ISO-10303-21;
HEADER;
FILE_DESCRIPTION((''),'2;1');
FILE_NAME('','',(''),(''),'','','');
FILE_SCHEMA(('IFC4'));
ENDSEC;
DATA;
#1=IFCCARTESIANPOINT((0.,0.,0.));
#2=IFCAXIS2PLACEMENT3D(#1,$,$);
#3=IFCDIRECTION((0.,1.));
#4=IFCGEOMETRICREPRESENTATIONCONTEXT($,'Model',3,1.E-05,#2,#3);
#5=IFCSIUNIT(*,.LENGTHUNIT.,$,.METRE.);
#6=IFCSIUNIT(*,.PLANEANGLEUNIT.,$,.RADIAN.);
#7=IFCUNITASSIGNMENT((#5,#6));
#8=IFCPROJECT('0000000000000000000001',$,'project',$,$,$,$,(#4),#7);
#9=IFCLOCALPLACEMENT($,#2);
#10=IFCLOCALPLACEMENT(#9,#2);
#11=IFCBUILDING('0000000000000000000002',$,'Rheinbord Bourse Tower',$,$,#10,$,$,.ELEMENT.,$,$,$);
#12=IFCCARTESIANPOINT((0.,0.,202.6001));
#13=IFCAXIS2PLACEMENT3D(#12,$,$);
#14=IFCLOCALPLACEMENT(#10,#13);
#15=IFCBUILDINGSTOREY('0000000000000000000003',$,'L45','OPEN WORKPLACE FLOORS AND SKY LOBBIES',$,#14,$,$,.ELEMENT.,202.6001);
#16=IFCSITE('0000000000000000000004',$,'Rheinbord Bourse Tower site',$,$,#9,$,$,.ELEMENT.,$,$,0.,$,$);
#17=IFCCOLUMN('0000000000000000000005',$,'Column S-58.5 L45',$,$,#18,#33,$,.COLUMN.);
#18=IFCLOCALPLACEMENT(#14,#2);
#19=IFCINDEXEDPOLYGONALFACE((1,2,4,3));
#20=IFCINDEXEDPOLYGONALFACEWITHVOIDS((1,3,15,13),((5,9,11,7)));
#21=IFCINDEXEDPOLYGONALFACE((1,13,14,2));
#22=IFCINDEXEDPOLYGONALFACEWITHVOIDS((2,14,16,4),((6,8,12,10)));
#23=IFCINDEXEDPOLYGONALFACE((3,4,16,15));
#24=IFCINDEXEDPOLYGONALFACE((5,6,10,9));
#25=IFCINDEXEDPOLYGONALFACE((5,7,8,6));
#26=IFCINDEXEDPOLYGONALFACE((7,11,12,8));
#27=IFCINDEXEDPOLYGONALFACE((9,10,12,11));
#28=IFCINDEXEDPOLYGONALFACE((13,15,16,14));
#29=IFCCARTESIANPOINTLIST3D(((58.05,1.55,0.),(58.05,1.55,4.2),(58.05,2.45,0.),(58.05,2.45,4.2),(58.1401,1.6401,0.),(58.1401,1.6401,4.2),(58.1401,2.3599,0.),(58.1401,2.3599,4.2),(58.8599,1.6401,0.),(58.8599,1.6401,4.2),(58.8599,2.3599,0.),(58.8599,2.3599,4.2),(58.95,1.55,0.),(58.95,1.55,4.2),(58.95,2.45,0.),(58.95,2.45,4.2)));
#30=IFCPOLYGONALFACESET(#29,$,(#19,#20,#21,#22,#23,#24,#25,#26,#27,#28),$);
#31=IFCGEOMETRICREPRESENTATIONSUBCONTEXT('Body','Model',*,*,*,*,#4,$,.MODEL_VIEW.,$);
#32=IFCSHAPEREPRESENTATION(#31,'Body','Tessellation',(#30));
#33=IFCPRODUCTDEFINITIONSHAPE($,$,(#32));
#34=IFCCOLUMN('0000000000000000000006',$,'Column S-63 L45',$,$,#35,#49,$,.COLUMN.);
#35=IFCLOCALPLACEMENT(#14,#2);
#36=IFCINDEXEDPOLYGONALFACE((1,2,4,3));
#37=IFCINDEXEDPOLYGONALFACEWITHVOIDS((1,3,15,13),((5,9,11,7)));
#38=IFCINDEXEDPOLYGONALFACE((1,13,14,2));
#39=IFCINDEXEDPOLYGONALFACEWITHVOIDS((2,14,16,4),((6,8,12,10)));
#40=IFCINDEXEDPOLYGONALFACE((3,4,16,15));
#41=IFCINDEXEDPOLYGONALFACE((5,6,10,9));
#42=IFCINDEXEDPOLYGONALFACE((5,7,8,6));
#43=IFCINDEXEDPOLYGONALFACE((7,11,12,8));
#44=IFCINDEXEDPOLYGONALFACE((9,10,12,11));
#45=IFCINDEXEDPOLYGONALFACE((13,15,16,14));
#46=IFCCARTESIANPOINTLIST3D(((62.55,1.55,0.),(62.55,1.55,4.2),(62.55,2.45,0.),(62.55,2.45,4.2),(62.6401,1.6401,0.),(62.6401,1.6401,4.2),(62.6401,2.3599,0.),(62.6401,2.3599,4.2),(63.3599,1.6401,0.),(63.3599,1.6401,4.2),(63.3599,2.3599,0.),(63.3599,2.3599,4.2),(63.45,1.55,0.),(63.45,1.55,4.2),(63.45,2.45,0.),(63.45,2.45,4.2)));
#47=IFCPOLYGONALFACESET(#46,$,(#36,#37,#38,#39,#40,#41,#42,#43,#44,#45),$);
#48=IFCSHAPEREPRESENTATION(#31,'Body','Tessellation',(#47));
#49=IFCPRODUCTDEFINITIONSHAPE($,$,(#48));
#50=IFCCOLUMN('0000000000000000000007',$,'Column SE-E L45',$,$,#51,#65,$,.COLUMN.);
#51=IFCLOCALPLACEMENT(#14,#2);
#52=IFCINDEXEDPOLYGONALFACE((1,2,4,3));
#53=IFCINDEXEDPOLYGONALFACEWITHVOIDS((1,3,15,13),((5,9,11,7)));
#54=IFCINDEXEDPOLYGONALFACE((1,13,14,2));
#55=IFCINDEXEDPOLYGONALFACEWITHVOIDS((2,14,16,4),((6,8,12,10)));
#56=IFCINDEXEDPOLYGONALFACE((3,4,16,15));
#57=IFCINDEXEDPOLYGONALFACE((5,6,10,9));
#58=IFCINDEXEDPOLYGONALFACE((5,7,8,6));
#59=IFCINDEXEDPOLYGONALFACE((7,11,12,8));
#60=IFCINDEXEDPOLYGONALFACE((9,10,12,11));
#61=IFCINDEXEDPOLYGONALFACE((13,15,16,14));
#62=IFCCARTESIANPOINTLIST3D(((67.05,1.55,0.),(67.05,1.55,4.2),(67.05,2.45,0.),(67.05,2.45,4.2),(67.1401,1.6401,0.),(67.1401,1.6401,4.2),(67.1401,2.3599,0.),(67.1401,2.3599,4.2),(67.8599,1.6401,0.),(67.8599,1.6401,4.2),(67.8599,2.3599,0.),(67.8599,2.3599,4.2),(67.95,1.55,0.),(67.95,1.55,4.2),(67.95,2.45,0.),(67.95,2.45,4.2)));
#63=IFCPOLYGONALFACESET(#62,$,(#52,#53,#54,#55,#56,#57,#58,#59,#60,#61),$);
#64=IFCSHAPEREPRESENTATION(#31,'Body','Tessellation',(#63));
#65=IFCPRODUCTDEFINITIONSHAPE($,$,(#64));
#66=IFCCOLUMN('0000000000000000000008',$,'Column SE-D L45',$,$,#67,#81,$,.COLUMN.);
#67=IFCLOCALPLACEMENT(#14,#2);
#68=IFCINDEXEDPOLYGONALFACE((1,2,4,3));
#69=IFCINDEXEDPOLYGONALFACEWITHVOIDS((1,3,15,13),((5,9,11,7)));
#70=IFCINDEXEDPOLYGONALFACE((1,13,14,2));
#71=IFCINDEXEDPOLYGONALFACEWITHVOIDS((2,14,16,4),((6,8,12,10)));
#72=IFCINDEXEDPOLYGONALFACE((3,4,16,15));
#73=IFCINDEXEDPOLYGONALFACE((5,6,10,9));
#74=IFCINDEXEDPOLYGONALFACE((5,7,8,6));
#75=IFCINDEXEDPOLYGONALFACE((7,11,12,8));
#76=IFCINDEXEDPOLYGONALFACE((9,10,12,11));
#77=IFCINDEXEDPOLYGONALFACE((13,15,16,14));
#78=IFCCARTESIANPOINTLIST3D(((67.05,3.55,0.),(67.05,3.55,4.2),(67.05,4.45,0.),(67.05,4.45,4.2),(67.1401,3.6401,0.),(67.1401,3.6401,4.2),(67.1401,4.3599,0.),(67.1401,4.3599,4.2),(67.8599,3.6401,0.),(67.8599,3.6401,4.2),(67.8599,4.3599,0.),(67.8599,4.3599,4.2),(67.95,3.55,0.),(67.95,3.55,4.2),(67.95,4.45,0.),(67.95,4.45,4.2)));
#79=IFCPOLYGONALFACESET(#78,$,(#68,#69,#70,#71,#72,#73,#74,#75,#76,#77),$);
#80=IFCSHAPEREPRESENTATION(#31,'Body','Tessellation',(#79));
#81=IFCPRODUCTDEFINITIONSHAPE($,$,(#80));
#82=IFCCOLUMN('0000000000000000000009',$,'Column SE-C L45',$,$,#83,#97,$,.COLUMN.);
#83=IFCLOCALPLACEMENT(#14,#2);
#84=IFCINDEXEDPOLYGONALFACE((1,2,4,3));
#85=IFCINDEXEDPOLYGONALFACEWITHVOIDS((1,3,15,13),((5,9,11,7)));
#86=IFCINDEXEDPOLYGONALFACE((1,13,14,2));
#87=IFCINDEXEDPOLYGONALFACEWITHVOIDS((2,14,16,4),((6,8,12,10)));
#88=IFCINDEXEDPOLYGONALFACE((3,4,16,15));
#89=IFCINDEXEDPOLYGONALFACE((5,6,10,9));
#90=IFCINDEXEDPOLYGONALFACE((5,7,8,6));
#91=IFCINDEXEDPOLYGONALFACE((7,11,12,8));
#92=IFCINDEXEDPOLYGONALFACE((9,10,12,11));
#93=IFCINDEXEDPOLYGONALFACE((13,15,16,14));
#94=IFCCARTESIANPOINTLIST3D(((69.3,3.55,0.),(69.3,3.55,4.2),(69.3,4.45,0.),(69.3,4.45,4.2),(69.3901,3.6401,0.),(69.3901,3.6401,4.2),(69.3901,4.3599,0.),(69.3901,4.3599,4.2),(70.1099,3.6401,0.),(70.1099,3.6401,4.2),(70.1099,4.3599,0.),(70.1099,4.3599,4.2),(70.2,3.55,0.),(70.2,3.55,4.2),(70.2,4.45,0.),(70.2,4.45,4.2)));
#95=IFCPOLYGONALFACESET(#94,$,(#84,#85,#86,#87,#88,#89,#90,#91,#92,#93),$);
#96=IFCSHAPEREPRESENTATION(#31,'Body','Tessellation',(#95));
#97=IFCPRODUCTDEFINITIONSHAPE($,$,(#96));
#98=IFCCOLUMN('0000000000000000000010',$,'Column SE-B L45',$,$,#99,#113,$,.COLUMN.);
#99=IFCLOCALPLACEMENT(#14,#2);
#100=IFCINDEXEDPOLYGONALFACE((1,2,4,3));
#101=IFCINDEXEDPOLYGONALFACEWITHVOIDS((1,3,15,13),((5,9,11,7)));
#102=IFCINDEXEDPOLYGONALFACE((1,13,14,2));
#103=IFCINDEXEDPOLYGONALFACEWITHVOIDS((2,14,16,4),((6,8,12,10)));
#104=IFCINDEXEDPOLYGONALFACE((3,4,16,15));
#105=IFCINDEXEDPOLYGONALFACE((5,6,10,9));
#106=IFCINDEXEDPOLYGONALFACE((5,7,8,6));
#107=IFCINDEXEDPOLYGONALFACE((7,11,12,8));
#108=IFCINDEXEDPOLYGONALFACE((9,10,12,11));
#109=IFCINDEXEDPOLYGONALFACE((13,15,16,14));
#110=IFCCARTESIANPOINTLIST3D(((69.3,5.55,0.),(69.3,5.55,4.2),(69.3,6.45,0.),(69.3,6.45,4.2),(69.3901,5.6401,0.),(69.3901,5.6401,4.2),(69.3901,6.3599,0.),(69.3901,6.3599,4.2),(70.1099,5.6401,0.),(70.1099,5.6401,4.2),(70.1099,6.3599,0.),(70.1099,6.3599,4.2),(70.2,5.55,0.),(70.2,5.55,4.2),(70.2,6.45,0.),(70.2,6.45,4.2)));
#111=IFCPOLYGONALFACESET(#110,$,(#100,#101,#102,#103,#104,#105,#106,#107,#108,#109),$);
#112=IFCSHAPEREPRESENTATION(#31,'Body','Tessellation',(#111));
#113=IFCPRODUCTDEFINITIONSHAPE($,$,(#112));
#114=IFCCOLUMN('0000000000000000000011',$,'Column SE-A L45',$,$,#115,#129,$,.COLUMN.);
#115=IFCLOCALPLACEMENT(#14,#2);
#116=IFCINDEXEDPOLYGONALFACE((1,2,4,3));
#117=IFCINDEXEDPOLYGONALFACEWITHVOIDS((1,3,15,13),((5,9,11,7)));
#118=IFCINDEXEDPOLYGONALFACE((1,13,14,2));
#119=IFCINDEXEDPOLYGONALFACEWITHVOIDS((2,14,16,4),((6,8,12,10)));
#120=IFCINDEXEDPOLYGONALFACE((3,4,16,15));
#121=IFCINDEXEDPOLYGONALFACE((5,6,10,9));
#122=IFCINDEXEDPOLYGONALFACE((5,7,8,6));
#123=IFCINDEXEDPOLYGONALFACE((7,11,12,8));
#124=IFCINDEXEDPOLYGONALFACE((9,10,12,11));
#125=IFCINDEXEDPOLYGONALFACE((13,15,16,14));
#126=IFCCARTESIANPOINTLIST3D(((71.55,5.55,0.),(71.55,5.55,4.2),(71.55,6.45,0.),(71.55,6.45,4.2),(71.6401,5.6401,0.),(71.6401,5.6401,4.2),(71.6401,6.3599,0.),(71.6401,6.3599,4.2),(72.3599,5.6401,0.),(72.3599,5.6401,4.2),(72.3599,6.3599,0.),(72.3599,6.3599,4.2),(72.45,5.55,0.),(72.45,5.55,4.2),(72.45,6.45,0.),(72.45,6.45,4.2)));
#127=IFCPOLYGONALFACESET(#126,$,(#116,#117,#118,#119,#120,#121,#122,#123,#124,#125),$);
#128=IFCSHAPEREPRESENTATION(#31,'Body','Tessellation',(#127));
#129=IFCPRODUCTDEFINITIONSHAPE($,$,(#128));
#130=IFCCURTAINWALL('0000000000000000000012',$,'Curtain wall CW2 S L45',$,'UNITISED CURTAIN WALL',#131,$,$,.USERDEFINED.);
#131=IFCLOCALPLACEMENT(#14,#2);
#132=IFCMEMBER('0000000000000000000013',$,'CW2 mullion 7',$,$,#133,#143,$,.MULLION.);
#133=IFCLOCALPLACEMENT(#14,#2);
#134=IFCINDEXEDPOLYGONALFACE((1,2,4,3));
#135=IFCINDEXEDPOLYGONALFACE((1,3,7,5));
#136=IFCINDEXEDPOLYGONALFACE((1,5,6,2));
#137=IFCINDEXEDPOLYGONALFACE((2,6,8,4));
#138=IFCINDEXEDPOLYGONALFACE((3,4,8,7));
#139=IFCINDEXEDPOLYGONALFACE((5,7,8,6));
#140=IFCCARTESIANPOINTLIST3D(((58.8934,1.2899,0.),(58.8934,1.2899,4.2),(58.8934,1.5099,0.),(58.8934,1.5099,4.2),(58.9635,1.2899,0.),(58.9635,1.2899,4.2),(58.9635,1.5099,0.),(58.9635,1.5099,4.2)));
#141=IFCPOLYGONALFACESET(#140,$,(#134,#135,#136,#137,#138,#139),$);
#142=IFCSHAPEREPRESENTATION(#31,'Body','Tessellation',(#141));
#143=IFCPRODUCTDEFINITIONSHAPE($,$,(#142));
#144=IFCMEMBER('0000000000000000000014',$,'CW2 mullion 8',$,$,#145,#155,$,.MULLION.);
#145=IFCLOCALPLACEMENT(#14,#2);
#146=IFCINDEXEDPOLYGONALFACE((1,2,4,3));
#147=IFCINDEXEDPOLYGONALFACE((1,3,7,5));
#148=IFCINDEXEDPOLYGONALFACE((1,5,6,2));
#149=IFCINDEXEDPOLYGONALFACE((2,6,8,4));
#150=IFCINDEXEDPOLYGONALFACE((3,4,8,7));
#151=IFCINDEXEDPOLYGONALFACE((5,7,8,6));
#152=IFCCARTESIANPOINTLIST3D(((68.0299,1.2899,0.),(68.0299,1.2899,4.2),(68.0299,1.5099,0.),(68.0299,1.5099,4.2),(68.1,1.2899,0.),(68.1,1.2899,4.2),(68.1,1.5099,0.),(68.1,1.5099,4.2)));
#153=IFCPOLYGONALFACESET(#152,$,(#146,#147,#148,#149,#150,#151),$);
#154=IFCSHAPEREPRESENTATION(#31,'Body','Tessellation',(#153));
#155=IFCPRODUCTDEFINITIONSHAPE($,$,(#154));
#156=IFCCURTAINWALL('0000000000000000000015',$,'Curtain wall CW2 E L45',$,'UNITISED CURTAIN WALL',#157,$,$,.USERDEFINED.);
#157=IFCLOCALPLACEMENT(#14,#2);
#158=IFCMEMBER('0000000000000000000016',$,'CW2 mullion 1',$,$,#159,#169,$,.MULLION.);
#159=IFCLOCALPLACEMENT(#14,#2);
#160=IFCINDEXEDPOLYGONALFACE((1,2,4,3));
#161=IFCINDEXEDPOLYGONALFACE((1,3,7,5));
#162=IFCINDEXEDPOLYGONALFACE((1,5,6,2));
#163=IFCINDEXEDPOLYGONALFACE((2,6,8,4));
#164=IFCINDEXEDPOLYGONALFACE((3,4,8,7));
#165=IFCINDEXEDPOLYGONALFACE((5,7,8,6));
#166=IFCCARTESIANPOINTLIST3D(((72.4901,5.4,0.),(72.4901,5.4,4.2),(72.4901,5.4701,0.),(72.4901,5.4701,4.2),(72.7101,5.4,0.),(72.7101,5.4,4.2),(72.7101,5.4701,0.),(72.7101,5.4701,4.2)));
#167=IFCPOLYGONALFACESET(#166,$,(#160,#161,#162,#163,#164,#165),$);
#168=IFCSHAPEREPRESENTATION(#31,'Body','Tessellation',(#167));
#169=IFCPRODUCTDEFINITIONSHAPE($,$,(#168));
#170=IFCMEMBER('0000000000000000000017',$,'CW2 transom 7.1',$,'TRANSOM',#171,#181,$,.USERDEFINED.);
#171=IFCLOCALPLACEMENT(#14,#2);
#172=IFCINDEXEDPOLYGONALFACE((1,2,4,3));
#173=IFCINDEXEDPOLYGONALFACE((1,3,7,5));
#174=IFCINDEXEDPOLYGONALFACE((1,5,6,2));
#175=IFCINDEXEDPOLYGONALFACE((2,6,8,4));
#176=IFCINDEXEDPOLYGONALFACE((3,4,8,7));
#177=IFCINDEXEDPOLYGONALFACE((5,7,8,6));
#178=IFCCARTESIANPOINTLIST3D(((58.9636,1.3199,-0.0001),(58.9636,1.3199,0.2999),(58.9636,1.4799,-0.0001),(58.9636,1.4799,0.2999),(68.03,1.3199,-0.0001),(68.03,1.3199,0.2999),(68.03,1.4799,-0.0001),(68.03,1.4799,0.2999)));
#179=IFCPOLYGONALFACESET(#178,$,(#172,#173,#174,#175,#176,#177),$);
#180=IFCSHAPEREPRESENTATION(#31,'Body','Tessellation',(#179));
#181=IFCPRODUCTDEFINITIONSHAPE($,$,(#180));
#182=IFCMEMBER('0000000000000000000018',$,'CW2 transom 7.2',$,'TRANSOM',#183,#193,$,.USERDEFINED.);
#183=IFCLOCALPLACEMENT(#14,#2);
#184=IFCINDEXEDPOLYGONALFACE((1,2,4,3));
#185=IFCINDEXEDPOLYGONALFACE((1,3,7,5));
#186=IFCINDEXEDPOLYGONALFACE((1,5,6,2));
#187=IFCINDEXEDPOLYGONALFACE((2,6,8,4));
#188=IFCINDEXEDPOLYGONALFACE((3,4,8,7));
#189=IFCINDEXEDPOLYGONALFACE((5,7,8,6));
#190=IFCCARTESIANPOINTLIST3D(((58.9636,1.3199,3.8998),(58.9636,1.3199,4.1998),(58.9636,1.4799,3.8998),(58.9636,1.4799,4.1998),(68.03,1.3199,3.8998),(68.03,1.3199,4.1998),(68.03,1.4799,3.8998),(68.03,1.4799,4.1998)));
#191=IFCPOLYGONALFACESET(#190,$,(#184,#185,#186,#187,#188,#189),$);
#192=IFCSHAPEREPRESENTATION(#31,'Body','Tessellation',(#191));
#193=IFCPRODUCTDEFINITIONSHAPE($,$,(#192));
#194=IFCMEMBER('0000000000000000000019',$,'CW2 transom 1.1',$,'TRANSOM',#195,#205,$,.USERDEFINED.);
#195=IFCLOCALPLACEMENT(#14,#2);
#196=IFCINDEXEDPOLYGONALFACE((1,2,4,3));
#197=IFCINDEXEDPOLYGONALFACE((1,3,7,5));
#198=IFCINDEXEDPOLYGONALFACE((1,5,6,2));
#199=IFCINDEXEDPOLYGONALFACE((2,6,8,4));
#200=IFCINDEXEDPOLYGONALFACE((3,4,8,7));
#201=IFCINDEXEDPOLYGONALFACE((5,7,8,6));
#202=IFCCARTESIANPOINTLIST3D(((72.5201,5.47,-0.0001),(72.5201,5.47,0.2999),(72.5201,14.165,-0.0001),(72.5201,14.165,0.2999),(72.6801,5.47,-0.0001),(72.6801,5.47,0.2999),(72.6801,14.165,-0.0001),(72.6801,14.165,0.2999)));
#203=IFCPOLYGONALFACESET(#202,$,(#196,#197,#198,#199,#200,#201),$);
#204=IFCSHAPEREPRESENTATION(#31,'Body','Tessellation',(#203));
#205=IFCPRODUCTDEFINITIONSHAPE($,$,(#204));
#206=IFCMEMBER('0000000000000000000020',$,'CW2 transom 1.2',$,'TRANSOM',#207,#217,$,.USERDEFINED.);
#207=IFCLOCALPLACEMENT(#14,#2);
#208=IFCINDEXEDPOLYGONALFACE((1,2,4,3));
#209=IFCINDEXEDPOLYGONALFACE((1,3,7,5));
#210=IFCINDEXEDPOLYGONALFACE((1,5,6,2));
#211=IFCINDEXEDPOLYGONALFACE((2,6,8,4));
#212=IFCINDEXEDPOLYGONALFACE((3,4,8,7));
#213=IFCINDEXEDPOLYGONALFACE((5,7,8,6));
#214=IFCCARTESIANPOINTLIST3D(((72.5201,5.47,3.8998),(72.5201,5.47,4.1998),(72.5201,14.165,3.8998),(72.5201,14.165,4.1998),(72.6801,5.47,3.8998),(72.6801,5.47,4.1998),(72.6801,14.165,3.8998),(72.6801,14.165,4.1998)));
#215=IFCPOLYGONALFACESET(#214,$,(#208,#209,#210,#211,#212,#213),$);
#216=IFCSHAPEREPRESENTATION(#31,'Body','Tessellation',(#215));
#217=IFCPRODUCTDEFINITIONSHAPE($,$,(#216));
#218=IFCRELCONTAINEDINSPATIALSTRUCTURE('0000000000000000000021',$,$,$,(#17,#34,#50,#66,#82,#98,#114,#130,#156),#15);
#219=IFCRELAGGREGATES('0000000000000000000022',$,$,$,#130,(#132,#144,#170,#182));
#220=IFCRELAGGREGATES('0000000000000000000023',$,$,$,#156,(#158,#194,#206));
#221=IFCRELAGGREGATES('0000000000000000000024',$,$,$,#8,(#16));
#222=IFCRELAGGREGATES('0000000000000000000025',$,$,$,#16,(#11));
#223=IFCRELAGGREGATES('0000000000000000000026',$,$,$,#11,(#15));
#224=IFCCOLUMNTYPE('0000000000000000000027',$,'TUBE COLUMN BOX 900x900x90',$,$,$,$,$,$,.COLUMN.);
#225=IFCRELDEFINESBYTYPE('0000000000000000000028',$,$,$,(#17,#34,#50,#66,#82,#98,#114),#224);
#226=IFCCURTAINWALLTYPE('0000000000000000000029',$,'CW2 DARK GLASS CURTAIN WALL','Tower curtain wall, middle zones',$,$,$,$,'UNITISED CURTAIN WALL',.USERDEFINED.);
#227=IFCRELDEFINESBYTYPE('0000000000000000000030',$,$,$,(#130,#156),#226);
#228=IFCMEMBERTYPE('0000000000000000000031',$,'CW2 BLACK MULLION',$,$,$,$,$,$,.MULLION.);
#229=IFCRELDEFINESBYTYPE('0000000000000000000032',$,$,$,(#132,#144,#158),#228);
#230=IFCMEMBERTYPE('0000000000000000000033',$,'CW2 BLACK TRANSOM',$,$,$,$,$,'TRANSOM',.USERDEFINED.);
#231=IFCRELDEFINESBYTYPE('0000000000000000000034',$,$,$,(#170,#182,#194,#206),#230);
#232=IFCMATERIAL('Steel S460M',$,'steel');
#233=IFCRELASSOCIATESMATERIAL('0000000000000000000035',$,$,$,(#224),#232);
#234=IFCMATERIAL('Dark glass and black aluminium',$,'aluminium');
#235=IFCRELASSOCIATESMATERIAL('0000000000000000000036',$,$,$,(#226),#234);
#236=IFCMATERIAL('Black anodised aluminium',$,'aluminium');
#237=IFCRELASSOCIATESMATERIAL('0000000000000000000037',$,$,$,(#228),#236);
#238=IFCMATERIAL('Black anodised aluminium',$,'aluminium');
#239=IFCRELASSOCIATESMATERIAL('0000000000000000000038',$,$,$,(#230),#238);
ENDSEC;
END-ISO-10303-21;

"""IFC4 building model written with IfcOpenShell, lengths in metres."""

from ifc_helpers import new_model, si_unit, direction, frame, origin, origin_2d, place, context, subcontext, project, spatial, rectangle, hollow_rectangle, extrude, material, material_profile, profile_set, type_object, element, aggregate, save


model = new_model("IFC4")

# Units and contexts
model_context = context("Model", 3, precision=1e-05, world=origin(), true_north=direction((0.0, 1.0)))
body_context = subcontext(model_context, "Body", "Model", "MODEL_VIEW")
ifc_project = project(units=[si_unit("LENGTHUNIT", "METRE"), si_unit("PLANEANGLEUNIT", "RADIAN")], contexts=[model_context])

# Site, building, storey
site_placement = place(None, origin())
site = spatial("IfcSite", under=ifc_project, at=site_placement, Name="Rheinbord Bourse Tower site", CompositionType="ELEMENT", RefElevation=0.0)
building_placement = place(site_placement, origin())
building = spatial("IfcBuilding", under=site, at=building_placement, Name="Rheinbord Bourse Tower", CompositionType="ELEMENT")
storey_placement = place(building_placement, frame((0.0, 0.0, 202.6001)))
storey = spatial("IfcBuildingStorey", under=building, at=storey_placement, Name="L45", Description="OPEN WORKPLACE FLOORS AND SKY LOBBIES", CompositionType="ELEMENT", Elevation=202.6001)

# Columns
ifc_material_1 = material(Name="Steel S460M", Category="steel")
ifc_material_profile_1 = material_profile(ifc_material_1, hollow_rectangle(XDim=0.8999, YDim=0.8999, WallThickness=0.0901, at=origin_2d()), Name="BOX 900x900x90")
ifc_profile_set_1 = profile_set([ifc_material_profile_1], Name="Steel S460M")
column_type = type_object("IfcColumnType", Name="TUBE COLUMN BOX 900x900x90", PredefinedType="COLUMN", material=ifc_profile_set_1)
for number, where, z_axis, x_axis, name in (
    (1, (58.5, 2.0, 0.0), (0.0, 0.0, 1.0), (0.0, 1.0, 0.0), "Column S-58.5 L45"),
    (2, (63.0, 2.0, 0.0), (0.0, 0.0, 1.0), (0.0, 1.0, 0.0), "Column S-63 L45"),
    (3, (67.5, 2.0, 0.0), (0.0, 0.0, 1.0), (0.0, 1.0, 0.0), "Column SE-E L45"),
    (4, (67.5, 4.0, 0.0), (0.0, 0.0, 1.0), (0.0, 1.0, 0.0), "Column SE-D L45"),
    (5, (69.75, 4.0, 0.0), (0.0, 0.0, 1.0), (1.0, 0.0, 0.0), "Column SE-C L45"),
    (6, (69.75, 6.0, 0.0), (0.0, 0.0, 1.0), (1.0, 0.0, 0.0), "Column SE-B L45"),
    (7, (72.0, 6.0, 0.0), (0.0, 0.0, 1.0), (1.0, 0.0, 0.0), "Column SE-A L45"),
):
    element("IfcColumn", number, at=place(storey_placement, frame(where, z_axis=z_axis, x_axis=x_axis)), inside=storey, type_object=column_type, Name=name, PredefinedType="COLUMN", context=body_context, shape_type="SweptSolid", body=[
        extrude(hollow_rectangle(XDim=0.8999, YDim=0.8999, WallThickness=0.0901, at=origin_2d()), origin(), (0.0, 0.0, 1.0), 4.2),
    ])

# Curtain wall, members
ifc_material_2 = material(Name="Dark glass and black aluminium", Category="aluminium")
curtain_wall_type = type_object("IfcCurtainWallType", Name="CW2 DARK GLASS CURTAIN WALL", Description="Tower curtain wall, middle zones", ElementType="UNITISED CURTAIN WALL", PredefinedType="USERDEFINED", material=ifc_material_2)
curtain_wall_1_placement = place(storey_placement, origin())
curtain_wall_1 = element("IfcCurtainWall", 8, at=curtain_wall_1_placement, inside=storey, type_object=curtain_wall_type, Name="Curtain wall CW2 S L45", ObjectType="UNITISED CURTAIN WALL", PredefinedType="USERDEFINED")
ifc_material_3 = material(Name="Black anodised aluminium", Category="aluminium")
ifc_material_profile_2 = material_profile(ifc_material_3, rectangle(XDim=0.22, YDim=0.0701, at=origin_2d()), Name="CW2 MULLION 70x220")
ifc_profile_set_2 = profile_set([ifc_material_profile_2], Name="Black anodised aluminium")
member_type_1 = type_object("IfcMemberType", Name="CW2 BLACK MULLION", PredefinedType="MULLION", material=ifc_profile_set_2)
member_1_placement = place(storey_placement, frame((58.9285, 1.3999, 0.0), z_axis=(0.0, 0.0, 1.0), x_axis=(0.0, 1.0, 0.0)))
member_1 = element("IfcMember", 9, at=member_1_placement, type_object=member_type_1, Name="CW2 mullion 7", PredefinedType="MULLION", context=body_context, shape_type="SweptSolid", body=[
    extrude(rectangle(XDim=0.22, YDim=0.0701, at=origin_2d()), origin(), (0.0, 0.0, 1.0), 4.2),
])
member_2_placement = place(storey_placement, frame((68.0649, 1.3999, 0.0), z_axis=(0.0, 0.0, 1.0), x_axis=(0.0, 1.0, 0.0)))
member_2 = element("IfcMember", 10, at=member_2_placement, type_object=member_type_1, Name="CW2 mullion 8", PredefinedType="MULLION", context=body_context, shape_type="SweptSolid", body=[
    extrude(rectangle(XDim=0.22, YDim=0.0701, at=origin_2d()), origin(), (0.0, 0.0, 1.0), 4.2),
])

# Curtain wall, member
curtain_wall_2_placement = place(storey_placement, origin())
curtain_wall_2 = element("IfcCurtainWall", 11, at=curtain_wall_2_placement, inside=storey, type_object=curtain_wall_type, Name="Curtain wall CW2 E L45", ObjectType="UNITISED CURTAIN WALL", PredefinedType="USERDEFINED")
member_3_placement = place(storey_placement, frame((72.6001, 5.4351, 0.0), z_axis=(0.0, 0.0, 1.0), x_axis=(-1.0, 0.0, 0.0)))
member_3 = element("IfcMember", 12, at=member_3_placement, type_object=member_type_1, Name="CW2 mullion 1", PredefinedType="MULLION", context=body_context, shape_type="SweptSolid", body=[
    extrude(rectangle(XDim=0.22, YDim=0.0701, at=origin_2d()), origin(), (0.0, 0.0, 1.0), 4.2),
])

# Members
ifc_material_4 = material(Name="Black anodised aluminium", Category="aluminium")
ifc_material_profile_3 = material_profile(ifc_material_4, rectangle(XDim=0.1599, YDim=0.3, at=origin_2d()), Name="CW2 TRANSOM 300x160")
ifc_profile_set_3 = profile_set([ifc_material_profile_3], Name="Black anodised aluminium")
member_type_2 = type_object("IfcMemberType", Name="CW2 BLACK TRANSOM", ElementType="TRANSOM", PredefinedType="USERDEFINED", material=ifc_profile_set_3)
member_4_placement = place(storey_placement, frame((58.9636, 1.3999, 0.1499), z_axis=(1.0, 0.0, 0.0), x_axis=(0.0, 1.0, 0.0)))
member_4 = element("IfcMember", 13, at=member_4_placement, type_object=member_type_2, Name="CW2 transom 7.1", ObjectType="TRANSOM", PredefinedType="USERDEFINED", context=body_context, shape_type="SweptSolid", body=[
    extrude(rectangle(XDim=0.1599, YDim=0.3, at=origin_2d()), origin(), (0.0, 0.0, 1.0), 9.0664),
])
member_5_placement = place(storey_placement, frame((58.9636, 1.3999, 4.0498), z_axis=(1.0, 0.0, 0.0), x_axis=(0.0, 1.0, 0.0)))
member_5 = element("IfcMember", 14, at=member_5_placement, type_object=member_type_2, Name="CW2 transom 7.2", ObjectType="TRANSOM", PredefinedType="USERDEFINED", context=body_context, shape_type="SweptSolid", body=[
    extrude(rectangle(XDim=0.1599, YDim=0.3, at=origin_2d()), origin(), (0.0, 0.0, 1.0), 9.0664),
])
member_6_placement = place(storey_placement, frame((72.6001, 5.47, 0.1499), z_axis=(0.0, 1.0, 0.0), x_axis=(-1.0, 0.0, 0.0)))
member_6 = element("IfcMember", 15, at=member_6_placement, type_object=member_type_2, Name="CW2 transom 1.1", ObjectType="TRANSOM", PredefinedType="USERDEFINED", context=body_context, shape_type="SweptSolid", body=[
    extrude(rectangle(XDim=0.1599, YDim=0.3, at=origin_2d()), origin(), (0.0, 0.0, 1.0), 8.6951),
])
member_7_placement = place(storey_placement, frame((72.6001, 5.47, 4.0498), z_axis=(0.0, 1.0, 0.0), x_axis=(-1.0, 0.0, 0.0)))
member_7 = element("IfcMember", 16, at=member_7_placement, type_object=member_type_2, Name="CW2 transom 1.2", ObjectType="TRANSOM", PredefinedType="USERDEFINED", context=body_context, shape_type="SweptSolid", body=[
    extrude(rectangle(XDim=0.1599, YDim=0.3, at=origin_2d()), origin(), (0.0, 0.0, 1.0), 8.6951),
])

aggregate(curtain_wall_1, [member_1, member_2, member_4, member_5])
aggregate(curtain_wall_2, [member_3, member_6, member_7])

save(model, "model.ifc")
